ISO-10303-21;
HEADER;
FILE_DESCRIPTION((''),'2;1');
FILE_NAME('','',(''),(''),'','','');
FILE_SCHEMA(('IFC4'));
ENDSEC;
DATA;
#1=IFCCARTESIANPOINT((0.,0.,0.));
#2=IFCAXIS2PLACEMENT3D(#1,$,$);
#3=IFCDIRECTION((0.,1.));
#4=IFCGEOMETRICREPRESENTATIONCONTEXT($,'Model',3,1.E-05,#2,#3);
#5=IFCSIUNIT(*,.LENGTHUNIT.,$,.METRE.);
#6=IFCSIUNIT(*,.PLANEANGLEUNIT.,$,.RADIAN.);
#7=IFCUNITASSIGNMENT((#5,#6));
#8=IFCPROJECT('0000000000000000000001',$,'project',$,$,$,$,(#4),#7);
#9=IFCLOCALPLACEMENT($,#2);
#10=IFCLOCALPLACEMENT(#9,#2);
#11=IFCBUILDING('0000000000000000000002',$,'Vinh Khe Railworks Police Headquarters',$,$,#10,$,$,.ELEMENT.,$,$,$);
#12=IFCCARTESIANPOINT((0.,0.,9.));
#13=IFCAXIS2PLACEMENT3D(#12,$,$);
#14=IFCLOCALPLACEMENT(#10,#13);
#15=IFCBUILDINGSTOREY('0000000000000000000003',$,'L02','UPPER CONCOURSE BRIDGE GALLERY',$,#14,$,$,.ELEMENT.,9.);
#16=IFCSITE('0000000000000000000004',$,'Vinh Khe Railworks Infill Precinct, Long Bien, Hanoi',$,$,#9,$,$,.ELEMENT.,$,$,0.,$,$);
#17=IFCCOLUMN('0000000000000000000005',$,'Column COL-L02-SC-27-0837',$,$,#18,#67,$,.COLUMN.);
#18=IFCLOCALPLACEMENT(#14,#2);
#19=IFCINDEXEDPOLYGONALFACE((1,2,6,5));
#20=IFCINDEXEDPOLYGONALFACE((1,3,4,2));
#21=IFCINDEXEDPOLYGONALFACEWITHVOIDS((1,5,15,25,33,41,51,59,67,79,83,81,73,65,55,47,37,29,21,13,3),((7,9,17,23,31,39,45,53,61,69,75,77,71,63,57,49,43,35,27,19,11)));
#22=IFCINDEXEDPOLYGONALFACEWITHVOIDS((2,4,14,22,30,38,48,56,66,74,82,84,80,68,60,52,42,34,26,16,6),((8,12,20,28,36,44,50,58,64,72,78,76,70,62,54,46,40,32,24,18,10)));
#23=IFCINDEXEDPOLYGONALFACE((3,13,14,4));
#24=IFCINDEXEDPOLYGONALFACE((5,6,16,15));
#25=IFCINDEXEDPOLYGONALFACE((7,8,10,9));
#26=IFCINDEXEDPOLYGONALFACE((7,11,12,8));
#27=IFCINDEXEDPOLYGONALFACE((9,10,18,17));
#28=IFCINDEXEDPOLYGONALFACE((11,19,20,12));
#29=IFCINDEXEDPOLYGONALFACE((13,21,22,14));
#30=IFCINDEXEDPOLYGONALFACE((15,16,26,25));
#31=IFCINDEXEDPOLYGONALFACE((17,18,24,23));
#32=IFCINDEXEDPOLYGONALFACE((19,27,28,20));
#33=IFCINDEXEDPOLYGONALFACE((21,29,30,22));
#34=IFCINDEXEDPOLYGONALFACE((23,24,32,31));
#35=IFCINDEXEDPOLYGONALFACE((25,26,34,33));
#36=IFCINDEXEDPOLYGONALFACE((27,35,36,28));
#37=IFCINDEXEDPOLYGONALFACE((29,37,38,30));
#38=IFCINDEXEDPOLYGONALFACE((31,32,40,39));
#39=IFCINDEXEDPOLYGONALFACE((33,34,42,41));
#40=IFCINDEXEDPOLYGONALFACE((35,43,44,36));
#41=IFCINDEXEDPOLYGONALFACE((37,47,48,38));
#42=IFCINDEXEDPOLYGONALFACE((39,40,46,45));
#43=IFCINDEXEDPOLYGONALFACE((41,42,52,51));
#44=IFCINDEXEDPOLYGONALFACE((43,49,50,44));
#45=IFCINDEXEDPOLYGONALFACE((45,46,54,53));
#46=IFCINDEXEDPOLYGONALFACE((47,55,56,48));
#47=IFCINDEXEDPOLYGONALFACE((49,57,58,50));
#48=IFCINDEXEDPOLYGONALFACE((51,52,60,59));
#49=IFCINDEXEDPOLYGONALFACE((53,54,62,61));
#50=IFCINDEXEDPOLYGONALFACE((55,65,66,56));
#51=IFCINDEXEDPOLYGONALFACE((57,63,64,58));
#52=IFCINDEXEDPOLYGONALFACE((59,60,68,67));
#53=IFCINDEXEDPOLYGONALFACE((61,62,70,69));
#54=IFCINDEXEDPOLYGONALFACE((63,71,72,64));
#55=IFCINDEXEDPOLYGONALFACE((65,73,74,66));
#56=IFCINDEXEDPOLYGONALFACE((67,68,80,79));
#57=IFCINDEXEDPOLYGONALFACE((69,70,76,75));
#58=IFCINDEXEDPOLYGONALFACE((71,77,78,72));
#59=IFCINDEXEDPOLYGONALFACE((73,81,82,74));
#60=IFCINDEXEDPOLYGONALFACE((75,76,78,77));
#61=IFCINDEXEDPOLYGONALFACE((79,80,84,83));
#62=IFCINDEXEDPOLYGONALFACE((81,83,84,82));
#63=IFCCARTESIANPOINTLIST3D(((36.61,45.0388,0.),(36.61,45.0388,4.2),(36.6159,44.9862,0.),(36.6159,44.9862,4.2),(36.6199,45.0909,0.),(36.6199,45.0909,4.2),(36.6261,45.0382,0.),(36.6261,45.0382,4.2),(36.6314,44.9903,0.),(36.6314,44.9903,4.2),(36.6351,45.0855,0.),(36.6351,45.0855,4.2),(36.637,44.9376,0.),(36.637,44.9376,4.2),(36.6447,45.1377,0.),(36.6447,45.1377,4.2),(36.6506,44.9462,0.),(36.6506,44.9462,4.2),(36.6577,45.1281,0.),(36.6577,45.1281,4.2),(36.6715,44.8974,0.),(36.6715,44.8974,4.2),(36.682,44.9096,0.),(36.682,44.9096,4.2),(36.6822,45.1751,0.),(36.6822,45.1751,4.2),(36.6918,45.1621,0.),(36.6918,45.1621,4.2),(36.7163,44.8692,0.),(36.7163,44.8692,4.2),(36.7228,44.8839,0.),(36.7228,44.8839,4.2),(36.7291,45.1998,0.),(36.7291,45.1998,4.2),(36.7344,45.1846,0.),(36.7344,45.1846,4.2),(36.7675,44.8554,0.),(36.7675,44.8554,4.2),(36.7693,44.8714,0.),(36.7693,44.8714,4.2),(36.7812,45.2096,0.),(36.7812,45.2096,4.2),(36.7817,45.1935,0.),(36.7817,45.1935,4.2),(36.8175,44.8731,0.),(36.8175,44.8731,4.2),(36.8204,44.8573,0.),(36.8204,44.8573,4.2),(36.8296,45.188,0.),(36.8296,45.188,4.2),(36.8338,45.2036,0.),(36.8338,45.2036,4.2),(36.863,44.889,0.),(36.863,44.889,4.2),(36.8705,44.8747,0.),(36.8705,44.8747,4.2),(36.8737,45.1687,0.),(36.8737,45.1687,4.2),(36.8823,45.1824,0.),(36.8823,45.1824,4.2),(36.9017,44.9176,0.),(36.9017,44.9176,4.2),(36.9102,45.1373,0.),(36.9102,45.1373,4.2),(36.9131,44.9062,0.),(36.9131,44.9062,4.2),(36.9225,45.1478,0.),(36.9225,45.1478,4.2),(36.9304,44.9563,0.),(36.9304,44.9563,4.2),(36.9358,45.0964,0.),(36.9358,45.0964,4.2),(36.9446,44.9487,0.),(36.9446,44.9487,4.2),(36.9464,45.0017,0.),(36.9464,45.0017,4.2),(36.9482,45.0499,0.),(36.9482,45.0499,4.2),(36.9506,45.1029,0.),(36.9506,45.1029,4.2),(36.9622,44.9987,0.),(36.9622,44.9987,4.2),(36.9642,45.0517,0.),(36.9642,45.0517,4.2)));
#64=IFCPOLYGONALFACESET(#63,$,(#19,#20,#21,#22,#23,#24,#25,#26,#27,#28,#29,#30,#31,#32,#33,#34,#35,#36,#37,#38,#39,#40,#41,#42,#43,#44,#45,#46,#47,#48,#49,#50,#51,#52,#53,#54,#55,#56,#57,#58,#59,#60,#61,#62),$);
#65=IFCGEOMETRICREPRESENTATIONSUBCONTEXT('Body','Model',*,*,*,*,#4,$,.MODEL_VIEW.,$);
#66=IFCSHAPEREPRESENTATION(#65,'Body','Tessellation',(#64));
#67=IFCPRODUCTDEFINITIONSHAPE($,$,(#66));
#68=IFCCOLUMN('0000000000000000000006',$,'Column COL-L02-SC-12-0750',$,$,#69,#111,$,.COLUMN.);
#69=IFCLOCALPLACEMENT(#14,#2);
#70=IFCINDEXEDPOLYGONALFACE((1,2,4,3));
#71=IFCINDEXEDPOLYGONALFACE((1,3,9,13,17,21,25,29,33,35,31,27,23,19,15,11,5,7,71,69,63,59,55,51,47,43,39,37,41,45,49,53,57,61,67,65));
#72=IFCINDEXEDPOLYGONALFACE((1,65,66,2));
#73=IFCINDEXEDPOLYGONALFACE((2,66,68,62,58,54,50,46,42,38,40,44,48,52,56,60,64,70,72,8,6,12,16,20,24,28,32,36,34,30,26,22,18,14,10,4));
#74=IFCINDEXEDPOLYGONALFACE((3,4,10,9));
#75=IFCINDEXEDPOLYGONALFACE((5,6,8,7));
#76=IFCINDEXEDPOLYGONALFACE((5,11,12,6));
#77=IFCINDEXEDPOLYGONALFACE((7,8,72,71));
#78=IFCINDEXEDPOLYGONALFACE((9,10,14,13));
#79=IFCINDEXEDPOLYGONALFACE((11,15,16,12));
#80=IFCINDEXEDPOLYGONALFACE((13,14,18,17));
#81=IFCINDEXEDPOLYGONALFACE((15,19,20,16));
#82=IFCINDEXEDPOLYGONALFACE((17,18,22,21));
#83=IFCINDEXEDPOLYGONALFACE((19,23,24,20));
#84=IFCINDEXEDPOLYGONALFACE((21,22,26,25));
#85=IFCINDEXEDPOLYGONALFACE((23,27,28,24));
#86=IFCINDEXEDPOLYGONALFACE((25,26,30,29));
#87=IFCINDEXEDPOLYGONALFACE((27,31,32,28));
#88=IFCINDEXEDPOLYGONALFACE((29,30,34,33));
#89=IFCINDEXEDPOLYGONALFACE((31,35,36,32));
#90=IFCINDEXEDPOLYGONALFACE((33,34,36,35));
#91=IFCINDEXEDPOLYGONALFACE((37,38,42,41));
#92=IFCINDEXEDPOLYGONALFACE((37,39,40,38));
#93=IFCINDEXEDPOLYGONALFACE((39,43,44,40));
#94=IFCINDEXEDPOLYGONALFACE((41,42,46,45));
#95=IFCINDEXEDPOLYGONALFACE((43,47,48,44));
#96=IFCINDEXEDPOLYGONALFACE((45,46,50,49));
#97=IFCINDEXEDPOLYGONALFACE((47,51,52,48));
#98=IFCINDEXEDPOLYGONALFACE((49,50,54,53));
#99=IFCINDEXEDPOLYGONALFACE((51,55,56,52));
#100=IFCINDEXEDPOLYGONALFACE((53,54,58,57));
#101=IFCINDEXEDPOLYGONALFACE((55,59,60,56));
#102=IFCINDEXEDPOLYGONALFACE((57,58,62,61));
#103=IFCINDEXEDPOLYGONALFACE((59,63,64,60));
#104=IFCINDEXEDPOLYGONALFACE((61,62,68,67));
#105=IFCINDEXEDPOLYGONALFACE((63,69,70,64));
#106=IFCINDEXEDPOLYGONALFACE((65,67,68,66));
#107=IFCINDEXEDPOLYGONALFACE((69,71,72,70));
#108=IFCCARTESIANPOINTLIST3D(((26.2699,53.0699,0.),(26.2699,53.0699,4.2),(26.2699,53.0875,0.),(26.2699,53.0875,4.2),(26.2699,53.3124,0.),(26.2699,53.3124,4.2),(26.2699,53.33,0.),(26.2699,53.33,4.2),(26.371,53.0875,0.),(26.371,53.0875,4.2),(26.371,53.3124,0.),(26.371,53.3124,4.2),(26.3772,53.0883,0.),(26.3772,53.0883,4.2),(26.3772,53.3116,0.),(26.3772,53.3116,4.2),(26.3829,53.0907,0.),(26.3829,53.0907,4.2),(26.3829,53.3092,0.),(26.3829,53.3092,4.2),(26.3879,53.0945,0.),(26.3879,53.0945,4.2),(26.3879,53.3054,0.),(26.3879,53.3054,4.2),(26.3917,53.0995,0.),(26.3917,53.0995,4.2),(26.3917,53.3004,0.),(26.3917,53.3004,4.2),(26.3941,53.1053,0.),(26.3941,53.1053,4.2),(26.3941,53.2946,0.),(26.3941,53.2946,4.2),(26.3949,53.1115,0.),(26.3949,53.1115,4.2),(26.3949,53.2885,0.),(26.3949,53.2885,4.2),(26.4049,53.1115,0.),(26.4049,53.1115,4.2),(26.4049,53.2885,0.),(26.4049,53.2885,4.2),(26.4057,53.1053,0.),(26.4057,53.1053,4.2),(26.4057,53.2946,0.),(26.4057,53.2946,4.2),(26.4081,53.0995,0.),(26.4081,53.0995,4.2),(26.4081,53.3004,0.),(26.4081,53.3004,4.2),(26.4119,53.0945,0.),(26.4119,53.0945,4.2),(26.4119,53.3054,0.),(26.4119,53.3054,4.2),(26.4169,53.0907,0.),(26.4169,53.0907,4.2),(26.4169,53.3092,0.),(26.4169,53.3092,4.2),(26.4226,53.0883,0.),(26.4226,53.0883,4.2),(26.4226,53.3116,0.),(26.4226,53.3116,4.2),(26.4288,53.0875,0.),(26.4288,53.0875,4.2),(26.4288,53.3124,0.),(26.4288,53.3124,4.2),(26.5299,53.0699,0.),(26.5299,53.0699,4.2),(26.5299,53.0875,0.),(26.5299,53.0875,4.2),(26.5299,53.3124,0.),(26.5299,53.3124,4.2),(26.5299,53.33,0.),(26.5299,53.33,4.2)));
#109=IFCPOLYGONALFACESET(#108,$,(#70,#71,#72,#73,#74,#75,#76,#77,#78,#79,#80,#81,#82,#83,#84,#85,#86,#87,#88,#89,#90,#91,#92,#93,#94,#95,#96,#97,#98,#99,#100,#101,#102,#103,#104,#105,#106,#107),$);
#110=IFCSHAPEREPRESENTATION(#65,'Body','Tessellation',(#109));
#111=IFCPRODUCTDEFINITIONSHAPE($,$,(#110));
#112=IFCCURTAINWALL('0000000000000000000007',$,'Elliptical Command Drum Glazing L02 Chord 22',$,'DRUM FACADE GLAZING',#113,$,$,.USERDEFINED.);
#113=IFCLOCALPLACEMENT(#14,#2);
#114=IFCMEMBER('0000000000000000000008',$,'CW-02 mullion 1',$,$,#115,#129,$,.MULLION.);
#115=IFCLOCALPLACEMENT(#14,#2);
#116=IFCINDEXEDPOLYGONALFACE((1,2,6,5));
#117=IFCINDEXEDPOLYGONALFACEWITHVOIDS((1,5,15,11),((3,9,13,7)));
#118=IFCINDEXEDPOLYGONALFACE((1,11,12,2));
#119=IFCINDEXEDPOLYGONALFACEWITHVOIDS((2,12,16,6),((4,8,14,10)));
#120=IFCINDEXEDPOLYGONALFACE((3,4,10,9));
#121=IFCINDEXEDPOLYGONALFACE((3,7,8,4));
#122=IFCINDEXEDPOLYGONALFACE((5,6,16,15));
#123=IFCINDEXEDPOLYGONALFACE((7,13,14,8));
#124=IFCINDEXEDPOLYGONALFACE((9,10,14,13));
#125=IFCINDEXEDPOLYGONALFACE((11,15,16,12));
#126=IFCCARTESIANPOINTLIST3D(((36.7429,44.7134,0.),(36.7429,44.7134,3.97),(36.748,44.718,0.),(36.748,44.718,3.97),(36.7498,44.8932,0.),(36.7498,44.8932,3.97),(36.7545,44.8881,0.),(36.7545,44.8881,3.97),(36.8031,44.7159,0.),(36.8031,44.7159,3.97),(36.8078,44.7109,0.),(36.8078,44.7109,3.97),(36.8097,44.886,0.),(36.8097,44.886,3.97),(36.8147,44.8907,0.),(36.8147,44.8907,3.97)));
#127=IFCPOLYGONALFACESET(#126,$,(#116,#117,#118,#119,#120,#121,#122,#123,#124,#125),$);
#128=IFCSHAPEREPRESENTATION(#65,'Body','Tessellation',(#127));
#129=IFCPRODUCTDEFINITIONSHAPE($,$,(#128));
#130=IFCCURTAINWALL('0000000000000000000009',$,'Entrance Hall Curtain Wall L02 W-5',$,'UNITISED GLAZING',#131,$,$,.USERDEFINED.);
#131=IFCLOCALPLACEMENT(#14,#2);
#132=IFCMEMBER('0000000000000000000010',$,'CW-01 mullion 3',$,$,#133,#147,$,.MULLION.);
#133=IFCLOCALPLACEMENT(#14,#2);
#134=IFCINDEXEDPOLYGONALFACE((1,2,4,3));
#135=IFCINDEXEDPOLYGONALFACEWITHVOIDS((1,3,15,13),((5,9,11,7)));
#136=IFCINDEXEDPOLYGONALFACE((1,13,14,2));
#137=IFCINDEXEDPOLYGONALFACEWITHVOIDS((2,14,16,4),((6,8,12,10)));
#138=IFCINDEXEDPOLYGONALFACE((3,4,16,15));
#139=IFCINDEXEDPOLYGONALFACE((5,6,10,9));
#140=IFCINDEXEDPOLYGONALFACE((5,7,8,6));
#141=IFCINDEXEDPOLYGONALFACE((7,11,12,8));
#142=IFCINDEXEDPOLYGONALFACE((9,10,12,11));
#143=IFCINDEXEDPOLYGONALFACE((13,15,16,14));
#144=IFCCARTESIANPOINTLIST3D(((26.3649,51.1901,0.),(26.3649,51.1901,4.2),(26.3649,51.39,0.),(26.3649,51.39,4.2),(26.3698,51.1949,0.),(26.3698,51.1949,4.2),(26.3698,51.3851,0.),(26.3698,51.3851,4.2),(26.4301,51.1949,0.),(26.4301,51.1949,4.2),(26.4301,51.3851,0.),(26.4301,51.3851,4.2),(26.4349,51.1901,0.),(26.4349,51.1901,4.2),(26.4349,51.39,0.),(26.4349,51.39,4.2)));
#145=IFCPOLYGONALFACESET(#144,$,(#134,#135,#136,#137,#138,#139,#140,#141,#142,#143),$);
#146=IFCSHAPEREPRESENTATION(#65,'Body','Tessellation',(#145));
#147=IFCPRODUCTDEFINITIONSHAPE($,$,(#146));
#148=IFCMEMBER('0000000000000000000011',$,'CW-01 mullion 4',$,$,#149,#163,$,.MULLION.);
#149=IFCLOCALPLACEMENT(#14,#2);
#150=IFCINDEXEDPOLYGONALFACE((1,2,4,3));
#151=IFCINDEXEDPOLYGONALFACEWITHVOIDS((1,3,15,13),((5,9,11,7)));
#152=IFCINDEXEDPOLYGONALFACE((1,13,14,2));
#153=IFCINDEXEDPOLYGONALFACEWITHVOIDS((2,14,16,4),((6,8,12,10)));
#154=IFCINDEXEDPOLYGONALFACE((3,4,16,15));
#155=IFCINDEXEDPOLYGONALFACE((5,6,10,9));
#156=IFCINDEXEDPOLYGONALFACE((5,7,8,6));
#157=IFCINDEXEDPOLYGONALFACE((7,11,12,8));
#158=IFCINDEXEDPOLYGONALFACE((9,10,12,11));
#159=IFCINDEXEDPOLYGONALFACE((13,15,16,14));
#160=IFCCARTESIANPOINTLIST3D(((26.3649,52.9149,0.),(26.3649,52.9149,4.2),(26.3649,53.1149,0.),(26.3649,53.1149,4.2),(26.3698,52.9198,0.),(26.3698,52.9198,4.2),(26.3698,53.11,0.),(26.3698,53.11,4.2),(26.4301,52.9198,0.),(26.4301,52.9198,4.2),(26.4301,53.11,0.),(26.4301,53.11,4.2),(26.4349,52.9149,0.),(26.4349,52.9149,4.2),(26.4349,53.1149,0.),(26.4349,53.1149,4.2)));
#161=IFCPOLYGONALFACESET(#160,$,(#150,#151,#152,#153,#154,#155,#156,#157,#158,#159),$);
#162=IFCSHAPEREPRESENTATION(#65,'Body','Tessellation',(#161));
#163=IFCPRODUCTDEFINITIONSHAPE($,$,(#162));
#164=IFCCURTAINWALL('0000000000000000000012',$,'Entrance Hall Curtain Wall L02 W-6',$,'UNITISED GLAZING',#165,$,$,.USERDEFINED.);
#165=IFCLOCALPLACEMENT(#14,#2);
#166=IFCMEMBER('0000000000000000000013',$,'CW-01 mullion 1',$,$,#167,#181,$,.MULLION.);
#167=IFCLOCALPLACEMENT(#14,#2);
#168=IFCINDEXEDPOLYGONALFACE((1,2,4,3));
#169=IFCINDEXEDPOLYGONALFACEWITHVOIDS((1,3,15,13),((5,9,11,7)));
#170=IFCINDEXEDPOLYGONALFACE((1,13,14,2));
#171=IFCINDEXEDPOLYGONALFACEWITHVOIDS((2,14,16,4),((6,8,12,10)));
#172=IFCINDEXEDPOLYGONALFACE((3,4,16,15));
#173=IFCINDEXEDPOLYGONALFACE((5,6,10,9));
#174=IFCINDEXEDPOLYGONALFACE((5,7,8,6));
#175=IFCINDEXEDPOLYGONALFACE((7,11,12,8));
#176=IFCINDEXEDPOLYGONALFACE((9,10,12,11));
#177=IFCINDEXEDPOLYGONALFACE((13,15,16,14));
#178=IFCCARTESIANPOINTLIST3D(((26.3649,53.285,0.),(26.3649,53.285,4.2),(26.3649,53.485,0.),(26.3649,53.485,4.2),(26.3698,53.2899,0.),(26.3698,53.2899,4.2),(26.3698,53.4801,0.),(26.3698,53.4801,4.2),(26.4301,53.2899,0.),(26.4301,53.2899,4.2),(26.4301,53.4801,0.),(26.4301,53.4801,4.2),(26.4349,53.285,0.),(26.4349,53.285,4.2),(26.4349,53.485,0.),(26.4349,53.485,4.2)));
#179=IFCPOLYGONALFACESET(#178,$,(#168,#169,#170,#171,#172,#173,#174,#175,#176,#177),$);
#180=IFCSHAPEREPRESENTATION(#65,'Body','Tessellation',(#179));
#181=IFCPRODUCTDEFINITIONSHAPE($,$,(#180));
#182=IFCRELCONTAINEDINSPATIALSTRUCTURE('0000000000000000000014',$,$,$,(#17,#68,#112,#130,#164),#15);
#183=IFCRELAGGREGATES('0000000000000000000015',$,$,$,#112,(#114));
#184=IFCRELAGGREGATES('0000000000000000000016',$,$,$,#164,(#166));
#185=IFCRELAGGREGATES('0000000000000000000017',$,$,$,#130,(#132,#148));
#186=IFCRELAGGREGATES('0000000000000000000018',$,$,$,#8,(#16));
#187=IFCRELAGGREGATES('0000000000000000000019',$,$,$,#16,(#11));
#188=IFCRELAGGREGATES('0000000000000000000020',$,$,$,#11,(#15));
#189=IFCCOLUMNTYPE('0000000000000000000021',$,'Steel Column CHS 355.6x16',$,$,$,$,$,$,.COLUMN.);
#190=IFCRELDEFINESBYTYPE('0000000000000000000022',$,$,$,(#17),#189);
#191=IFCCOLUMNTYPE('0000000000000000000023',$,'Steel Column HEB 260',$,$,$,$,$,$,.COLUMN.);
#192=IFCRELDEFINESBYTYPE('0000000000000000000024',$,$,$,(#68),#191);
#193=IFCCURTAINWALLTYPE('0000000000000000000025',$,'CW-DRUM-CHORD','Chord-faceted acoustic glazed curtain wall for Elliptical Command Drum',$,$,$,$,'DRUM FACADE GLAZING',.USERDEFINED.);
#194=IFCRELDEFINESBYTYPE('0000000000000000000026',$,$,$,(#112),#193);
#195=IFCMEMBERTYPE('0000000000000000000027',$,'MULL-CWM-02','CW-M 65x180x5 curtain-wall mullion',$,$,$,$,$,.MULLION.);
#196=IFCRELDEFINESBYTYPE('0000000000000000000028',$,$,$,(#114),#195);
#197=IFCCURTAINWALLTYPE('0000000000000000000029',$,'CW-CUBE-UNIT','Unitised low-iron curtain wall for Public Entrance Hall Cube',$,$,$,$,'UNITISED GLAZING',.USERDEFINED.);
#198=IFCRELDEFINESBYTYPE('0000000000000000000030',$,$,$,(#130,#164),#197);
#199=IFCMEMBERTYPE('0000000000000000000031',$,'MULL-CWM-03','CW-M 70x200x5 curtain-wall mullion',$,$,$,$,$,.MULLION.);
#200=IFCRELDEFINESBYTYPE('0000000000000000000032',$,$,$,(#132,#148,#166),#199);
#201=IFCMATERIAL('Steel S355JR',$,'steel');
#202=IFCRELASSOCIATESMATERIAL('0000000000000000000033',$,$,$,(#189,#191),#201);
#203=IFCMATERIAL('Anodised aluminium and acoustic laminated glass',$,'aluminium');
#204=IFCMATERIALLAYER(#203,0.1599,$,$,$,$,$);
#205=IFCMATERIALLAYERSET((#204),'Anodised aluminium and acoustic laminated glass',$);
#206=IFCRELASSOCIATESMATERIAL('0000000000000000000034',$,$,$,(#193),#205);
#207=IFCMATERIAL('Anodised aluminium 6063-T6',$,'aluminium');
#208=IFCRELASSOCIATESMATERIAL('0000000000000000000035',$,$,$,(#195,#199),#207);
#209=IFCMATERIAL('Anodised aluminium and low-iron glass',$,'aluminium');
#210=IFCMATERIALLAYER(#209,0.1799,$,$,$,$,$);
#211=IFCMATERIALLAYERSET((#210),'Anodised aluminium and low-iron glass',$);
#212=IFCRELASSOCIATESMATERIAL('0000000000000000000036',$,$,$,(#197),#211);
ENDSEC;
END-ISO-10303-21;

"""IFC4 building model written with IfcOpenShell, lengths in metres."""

from ifc_helpers import new_model, si_unit, direction, frame, origin, origin_2d, place, context, subcontext, project, spatial, hollow_rectangle, hollow_circle, i_section, extrude, material, layer, layer_set, material_profile, profile_set, type_object, element, aggregate, save


model = new_model("IFC4")

# Units and contexts
model_context = context("Model", 3, precision=1e-05, world=origin(), true_north=direction((0.0, 1.0)))
body_context = subcontext(model_context, "Body", "Model", "MODEL_VIEW")
ifc_project = project(units=[si_unit("LENGTHUNIT", "METRE"), si_unit("PLANEANGLEUNIT", "RADIAN")], contexts=[model_context])

# Site, building, storey
site_placement = place(None, origin())
site = spatial("IfcSite", under=ifc_project, at=site_placement, Name="Vinh Khe Railworks Infill Precinct, Long Bien, Hanoi", CompositionType="ELEMENT", RefElevation=0.0)
building_placement = place(site_placement, origin())
building = spatial("IfcBuilding", under=site, at=building_placement, Name="Vinh Khe Railworks Police Headquarters", CompositionType="ELEMENT")
storey_placement = place(building_placement, frame((0.0, 0.0, 9.0)))
storey = spatial("IfcBuildingStorey", under=building, at=storey_placement, Name="L02", Description="UPPER CONCOURSE BRIDGE GALLERY", CompositionType="ELEMENT", Elevation=9.0)

# Columns
ifc_material_1 = material(Name="Steel S355JR", Category="steel")
ifc_material_profile_1 = material_profile(ifc_material_1, hollow_circle(Radius=0.1777, WallThickness=0.0161, at=origin_2d()), Name="CHS 355.6x16")
ifc_profile_set_1 = profile_set([ifc_material_profile_1], Name="Steel S355JR")
column_type_1 = type_object("IfcColumnType", Name="Steel Column CHS 355.6x16", PredefinedType="COLUMN", material=ifc_profile_set_1)
column_1_placement = place(storey_placement, frame((36.7876, 45.032, 0.0), z_axis=(0.0, 0.0, 1.0), x_axis=(-0.999256, 0.038562, 0.0)))
element("IfcColumn", 1, at=column_1_placement, inside=storey, type_object=column_type_1, Name="Column COL-L02-SC-27-0837", PredefinedType="COLUMN", context=body_context, shape_type="SweptSolid", body=[
    extrude(hollow_circle(Radius=0.1777, WallThickness=0.0161, at=origin_2d()), origin(), (0.0, 0.0, 1.0), 4.2),
])
ifc_material_profile_2 = material_profile(ifc_material_1, i_section(OverallWidth=0.26, OverallDepth=0.26, WebThickness=0.01, FlangeThickness=0.0176, FilletRadius=0.0239, at=origin_2d()), Name="HEB 260")
ifc_profile_set_2 = profile_set([ifc_material_profile_2], Name="Steel S355JR")
column_type_2 = type_object("IfcColumnType", Name="Steel Column HEB 260", PredefinedType="COLUMN", material=ifc_profile_set_2)
column_2_placement = place(storey_placement, frame((26.3999, 53.2, 0.0), z_axis=(0.0, 0.0, 1.0), x_axis=(1.0, 0.0, 0.0)))
element("IfcColumn", 2, at=column_2_placement, inside=storey, type_object=column_type_2, Name="Column COL-L02-SC-12-0750", PredefinedType="COLUMN", context=body_context, shape_type="SweptSolid", body=[
    extrude(i_section(OverallWidth=0.26, OverallDepth=0.26, WebThickness=0.01, FlangeThickness=0.0176, FilletRadius=0.0239, at=origin_2d()), origin(), (0.0, 0.0, 1.0), 4.2),
])

# Curtain wall, member
ifc_material_2 = material(Name="Anodised aluminium and acoustic laminated glass", Category="aluminium")
ifc_layer_1 = layer(ifc_material_2, 0.1599)
ifc_layer_set_1 = layer_set([ifc_layer_1], Name="Anodised aluminium and acoustic laminated glass")
curtain_wall_type_1 = type_object("IfcCurtainWallType", Name="CW-DRUM-CHORD", Description="Chord-faceted acoustic glazed curtain wall for Elliptical Command Drum", ElementType="DRUM FACADE GLAZING", PredefinedType="USERDEFINED", material=ifc_layer_set_1)
curtain_wall_1_placement = place(storey_placement, origin())
curtain_wall_1 = element("IfcCurtainWall", 3, at=curtain_wall_1_placement, inside=storey, type_object=curtain_wall_type_1, Name="Elliptical Command Drum Glazing L02 Chord 22", ObjectType="DRUM FACADE GLAZING", PredefinedType="USERDEFINED")
ifc_material_3 = material(Name="Anodised aluminium 6063-T6", Category="aluminium")
ifc_material_profile_3 = material_profile(ifc_material_3, hollow_rectangle(XDim=0.0649, YDim=0.1799, WallThickness=0.0049, at=origin_2d()), Name="CW-M 65x180x5")
ifc_profile_set_3 = profile_set([ifc_material_profile_3], Name="Anodised aluminium 6063-T6")
member_type_1 = type_object("IfcMemberType", Name="MULL-CWM-02", Description="CW-M 65x180x5 curtain-wall mullion", PredefinedType="MULLION", material=ifc_profile_set_3)
member_1_placement = place(storey_placement, frame((36.7788, 44.802, 0.0), z_axis=(0.0, 0.0, 1.0), x_axis=(0.999258, -0.038513, 0.0)))
member_1 = element("IfcMember", 4, at=member_1_placement, type_object=member_type_1, Name="CW-02 mullion 1", PredefinedType="MULLION", context=body_context, shape_type="SweptSolid", body=[
    extrude(hollow_rectangle(XDim=0.0649, YDim=0.1799, WallThickness=0.0049, at=origin_2d()), origin(), (0.0, 0.0, 1.0), 3.97),
])

# Curtain wall, members
ifc_material_4 = material(Name="Anodised aluminium and low-iron glass", Category="aluminium")
ifc_layer_2 = layer(ifc_material_4, 0.1799)
ifc_layer_set_2 = layer_set([ifc_layer_2], Name="Anodised aluminium and low-iron glass")
curtain_wall_type_2 = type_object("IfcCurtainWallType", Name="CW-CUBE-UNIT", Description="Unitised low-iron curtain wall for Public Entrance Hall Cube", ElementType="UNITISED GLAZING", PredefinedType="USERDEFINED", material=ifc_layer_set_2)
curtain_wall_2_placement = place(storey_placement, origin())
curtain_wall_2 = element("IfcCurtainWall", 5, at=curtain_wall_2_placement, inside=storey, type_object=curtain_wall_type_2, Name="Entrance Hall Curtain Wall L02 W-5", ObjectType="UNITISED GLAZING", PredefinedType="USERDEFINED")
ifc_material_profile_4 = material_profile(ifc_material_3, hollow_rectangle(XDim=0.0701, YDim=0.2, WallThickness=0.0049, at=origin_2d()), Name="CW-M 70x200x5")
ifc_profile_set_4 = profile_set([ifc_material_profile_4], Name="Anodised aluminium 6063-T6")
member_type_2 = type_object("IfcMemberType", Name="MULL-CWM-03", Description="CW-M 70x200x5 curtain-wall mullion", PredefinedType="MULLION", material=ifc_profile_set_4)
member_2_placement = place(storey_placement, frame((26.3999, 51.29, 0.0), z_axis=(0.0, 0.0, 1.0), x_axis=(-1.0, 0.0, 0.0)))
member_2 = element("IfcMember", 6, at=member_2_placement, type_object=member_type_2, Name="CW-01 mullion 3", PredefinedType="MULLION", context=body_context, shape_type="SweptSolid", body=[
    extrude(hollow_rectangle(XDim=0.0701, YDim=0.2, WallThickness=0.0049, at=origin_2d()), origin(), (0.0, 0.0, 1.0), 4.2),
])
member_3_placement = place(storey_placement, frame((26.3999, 53.0149, 0.0), z_axis=(0.0, 0.0, 1.0), x_axis=(-1.0, 0.0, 0.0)))
member_3 = element("IfcMember", 7, at=member_3_placement, type_object=member_type_2, Name="CW-01 mullion 4", PredefinedType="MULLION", context=body_context, shape_type="SweptSolid", body=[
    extrude(hollow_rectangle(XDim=0.0701, YDim=0.2, WallThickness=0.0049, at=origin_2d()), origin(), (0.0, 0.0, 1.0), 4.2),
])

# Curtain wall, member
curtain_wall_3_placement = place(storey_placement, origin())
curtain_wall_3 = element("IfcCurtainWall", 8, at=curtain_wall_3_placement, inside=storey, type_object=curtain_wall_type_2, Name="Entrance Hall Curtain Wall L02 W-6", ObjectType="UNITISED GLAZING", PredefinedType="USERDEFINED")
member_4_placement = place(storey_placement, frame((26.3999, 53.385, 0.0), z_axis=(0.0, 0.0, 1.0), x_axis=(-1.0, 0.0, 0.0)))
member_4 = element("IfcMember", 9, at=member_4_placement, type_object=member_type_2, Name="CW-01 mullion 1", PredefinedType="MULLION", context=body_context, shape_type="SweptSolid", body=[
    extrude(hollow_rectangle(XDim=0.0701, YDim=0.2, WallThickness=0.0049, at=origin_2d()), origin(), (0.0, 0.0, 1.0), 4.2),
])

aggregate(curtain_wall_1, [member_1])
aggregate(curtain_wall_3, [member_4])

aggregate(curtain_wall_2, [member_2, member_3])

save(model, "model.ifc")
